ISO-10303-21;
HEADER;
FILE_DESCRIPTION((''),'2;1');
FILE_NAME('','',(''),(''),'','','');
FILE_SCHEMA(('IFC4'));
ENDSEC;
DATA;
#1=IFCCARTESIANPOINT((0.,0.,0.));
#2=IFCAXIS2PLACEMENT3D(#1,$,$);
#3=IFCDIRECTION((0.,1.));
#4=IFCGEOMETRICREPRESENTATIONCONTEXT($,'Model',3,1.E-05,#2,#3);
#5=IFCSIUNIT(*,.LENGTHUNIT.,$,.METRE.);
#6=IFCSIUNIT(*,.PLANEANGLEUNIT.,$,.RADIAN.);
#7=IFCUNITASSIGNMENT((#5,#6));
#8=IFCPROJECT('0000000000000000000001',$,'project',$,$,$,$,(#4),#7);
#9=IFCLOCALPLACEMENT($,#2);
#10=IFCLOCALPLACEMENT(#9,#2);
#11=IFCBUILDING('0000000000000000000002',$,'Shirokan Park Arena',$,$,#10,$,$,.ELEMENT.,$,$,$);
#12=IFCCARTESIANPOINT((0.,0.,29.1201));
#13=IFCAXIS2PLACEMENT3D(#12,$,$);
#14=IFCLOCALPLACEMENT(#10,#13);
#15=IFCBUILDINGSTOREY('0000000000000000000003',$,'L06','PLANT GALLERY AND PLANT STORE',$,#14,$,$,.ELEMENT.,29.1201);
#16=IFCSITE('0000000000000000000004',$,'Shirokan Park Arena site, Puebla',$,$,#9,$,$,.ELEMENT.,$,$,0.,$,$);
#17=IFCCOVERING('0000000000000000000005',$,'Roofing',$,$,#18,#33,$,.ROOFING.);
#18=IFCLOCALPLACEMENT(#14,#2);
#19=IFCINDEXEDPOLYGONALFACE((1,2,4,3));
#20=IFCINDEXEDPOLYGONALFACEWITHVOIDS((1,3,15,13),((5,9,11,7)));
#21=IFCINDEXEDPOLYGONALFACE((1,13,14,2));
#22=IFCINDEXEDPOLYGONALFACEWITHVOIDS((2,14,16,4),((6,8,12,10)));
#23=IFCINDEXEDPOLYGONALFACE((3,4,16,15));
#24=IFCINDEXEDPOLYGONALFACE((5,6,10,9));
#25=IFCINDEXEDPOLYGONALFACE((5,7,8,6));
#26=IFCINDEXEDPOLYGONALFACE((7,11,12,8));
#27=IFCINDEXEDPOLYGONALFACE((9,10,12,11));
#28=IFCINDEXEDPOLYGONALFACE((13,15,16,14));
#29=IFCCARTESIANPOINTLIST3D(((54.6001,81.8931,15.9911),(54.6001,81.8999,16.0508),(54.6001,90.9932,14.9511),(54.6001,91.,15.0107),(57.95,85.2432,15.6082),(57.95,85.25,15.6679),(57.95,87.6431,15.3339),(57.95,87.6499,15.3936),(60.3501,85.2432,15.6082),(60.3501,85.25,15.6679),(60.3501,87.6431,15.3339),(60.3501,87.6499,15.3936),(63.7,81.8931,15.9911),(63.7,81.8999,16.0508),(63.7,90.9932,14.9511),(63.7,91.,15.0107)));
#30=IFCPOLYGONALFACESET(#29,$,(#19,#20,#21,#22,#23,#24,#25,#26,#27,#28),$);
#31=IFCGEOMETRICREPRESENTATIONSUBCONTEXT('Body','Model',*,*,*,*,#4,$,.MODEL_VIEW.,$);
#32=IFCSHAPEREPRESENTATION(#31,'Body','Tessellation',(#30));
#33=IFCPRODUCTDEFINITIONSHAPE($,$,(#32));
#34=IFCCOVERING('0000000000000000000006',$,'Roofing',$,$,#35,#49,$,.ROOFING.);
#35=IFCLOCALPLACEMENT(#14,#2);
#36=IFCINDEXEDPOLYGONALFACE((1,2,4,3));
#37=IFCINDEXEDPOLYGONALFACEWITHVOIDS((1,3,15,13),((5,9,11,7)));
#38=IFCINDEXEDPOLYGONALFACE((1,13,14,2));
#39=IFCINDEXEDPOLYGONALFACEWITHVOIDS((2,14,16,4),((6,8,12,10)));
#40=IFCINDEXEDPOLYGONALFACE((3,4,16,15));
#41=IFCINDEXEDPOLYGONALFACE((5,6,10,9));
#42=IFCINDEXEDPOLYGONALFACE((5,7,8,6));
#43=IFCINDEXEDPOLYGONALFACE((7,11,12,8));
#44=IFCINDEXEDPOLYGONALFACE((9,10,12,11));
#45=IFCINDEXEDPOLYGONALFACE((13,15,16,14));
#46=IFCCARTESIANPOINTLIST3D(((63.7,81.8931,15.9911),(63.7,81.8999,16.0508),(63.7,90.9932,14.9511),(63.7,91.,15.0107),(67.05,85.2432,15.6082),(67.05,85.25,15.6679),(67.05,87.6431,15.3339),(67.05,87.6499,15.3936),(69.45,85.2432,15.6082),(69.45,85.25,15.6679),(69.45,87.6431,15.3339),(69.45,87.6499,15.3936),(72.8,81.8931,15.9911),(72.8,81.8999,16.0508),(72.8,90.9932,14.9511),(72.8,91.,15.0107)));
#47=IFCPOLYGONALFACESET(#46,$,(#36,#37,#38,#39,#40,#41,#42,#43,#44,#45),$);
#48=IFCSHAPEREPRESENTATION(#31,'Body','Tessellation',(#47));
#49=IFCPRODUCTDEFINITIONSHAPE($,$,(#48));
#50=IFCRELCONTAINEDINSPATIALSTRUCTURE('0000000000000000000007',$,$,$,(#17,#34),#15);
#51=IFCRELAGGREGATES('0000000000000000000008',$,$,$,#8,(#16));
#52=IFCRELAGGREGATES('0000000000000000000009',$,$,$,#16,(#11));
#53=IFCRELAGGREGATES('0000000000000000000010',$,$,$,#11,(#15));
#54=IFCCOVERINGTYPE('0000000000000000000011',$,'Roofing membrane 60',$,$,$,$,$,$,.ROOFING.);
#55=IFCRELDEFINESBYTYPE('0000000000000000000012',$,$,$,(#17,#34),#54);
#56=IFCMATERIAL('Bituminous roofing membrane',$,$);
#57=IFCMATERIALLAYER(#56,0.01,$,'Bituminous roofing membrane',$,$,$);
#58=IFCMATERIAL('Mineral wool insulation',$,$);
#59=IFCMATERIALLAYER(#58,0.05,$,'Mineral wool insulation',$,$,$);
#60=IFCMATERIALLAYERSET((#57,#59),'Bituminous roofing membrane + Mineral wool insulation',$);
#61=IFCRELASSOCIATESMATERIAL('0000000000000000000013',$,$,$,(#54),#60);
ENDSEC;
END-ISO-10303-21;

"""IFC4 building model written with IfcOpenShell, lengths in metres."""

from ifc_helpers import new_model, si_unit, direction, frame, origin, place, context, subcontext, project, spatial, polyline, outline, extrude, material, layer, layer_set, type_object, element, save


model = new_model("IFC4")

# Units and contexts
model_context = context("Model", 3, precision=1e-05, world=origin(), true_north=direction((0.0, 1.0)))
body_context = subcontext(model_context, "Body", "Model", "MODEL_VIEW")
ifc_project = project(units=[si_unit("LENGTHUNIT", "METRE"), si_unit("PLANEANGLEUNIT", "RADIAN")], contexts=[model_context])

# Site, building, storey
site_placement = place(None, origin())
site = spatial("IfcSite", under=ifc_project, at=site_placement, Name="Shirokan Park Arena site, Puebla", CompositionType="ELEMENT", RefElevation=0.0)
building_placement = place(site_placement, origin())
building = spatial("IfcBuilding", under=site, at=building_placement, Name="Shirokan Park Arena", CompositionType="ELEMENT")
storey_placement = place(building_placement, frame((0.0, 0.0, 29.1201)))
storey = spatial("IfcBuildingStorey", under=building, at=storey_placement, Name="L06", Description="PLANT GALLERY AND PLANT STORE", CompositionType="ELEMENT", Elevation=29.1201)

# Coverings
ifc_material_1 = material(Name="Bituminous roofing membrane")
ifc_layer_1 = layer(ifc_material_1, 0.01, Name="Bituminous roofing membrane")
ifc_material_2 = material(Name="Mineral wool insulation")
ifc_layer_2 = layer(ifc_material_2, 0.05, Name="Mineral wool insulation")
ifc_layer_set_1 = layer_set([ifc_layer_1, ifc_layer_2], Name="Bituminous roofing membrane + Mineral wool insulation")
covering_type = type_object("IfcCoveringType", Name="Roofing membrane 60", PredefinedType="ROOFING", material=ifc_layer_set_1)
covering_1_placement = place(storey_placement, frame((54.6001, 81.8999, 16.0508), z_axis=(0.0, 0.11355, 0.993532), x_axis=(1.0, 0.0, 0.0)))
element("IfcCovering", 1, at=covering_1_placement, inside=storey, type_object=covering_type, Name="Roofing", PredefinedType="ROOFING", context=body_context, shape_type="SweptSolid", body=[
    extrude(outline(polyline([(0.0, 0.0), (9.0999, 0.0), (9.0999, 9.1593), (0.0, 9.1593), (0.0, 0.0)]), holes=[polyline([(5.75, 3.3719), (5.75, 5.7874), (3.3499, 5.7874), (3.3499, 3.3719), (5.75, 3.3719)])]), origin(), (0.0, 0.0, -1.0), 0.0601),
])
covering_2_placement = place(storey_placement, frame((63.7, 81.8999, 16.0508), z_axis=(0.0, 0.11355, 0.993532), x_axis=(1.0, 0.0, 0.0)))
element("IfcCovering", 2, at=covering_2_placement, inside=storey, type_object=covering_type, Name="Roofing", PredefinedType="ROOFING", context=body_context, shape_type="SweptSolid", body=[
    extrude(outline(polyline([(0.0, 0.0), (9.1001, 0.0), (9.1001, 9.1593), (0.0, 9.1593), (0.0, 0.0)]), holes=[polyline([(5.75, 3.3719), (5.75, 5.7874), (3.3501, 5.7874), (3.3501, 3.3719), (5.75, 3.3719)])]), origin(), (0.0, 0.0, -1.0), 0.0601),
])

save(model, "model.ifc")
